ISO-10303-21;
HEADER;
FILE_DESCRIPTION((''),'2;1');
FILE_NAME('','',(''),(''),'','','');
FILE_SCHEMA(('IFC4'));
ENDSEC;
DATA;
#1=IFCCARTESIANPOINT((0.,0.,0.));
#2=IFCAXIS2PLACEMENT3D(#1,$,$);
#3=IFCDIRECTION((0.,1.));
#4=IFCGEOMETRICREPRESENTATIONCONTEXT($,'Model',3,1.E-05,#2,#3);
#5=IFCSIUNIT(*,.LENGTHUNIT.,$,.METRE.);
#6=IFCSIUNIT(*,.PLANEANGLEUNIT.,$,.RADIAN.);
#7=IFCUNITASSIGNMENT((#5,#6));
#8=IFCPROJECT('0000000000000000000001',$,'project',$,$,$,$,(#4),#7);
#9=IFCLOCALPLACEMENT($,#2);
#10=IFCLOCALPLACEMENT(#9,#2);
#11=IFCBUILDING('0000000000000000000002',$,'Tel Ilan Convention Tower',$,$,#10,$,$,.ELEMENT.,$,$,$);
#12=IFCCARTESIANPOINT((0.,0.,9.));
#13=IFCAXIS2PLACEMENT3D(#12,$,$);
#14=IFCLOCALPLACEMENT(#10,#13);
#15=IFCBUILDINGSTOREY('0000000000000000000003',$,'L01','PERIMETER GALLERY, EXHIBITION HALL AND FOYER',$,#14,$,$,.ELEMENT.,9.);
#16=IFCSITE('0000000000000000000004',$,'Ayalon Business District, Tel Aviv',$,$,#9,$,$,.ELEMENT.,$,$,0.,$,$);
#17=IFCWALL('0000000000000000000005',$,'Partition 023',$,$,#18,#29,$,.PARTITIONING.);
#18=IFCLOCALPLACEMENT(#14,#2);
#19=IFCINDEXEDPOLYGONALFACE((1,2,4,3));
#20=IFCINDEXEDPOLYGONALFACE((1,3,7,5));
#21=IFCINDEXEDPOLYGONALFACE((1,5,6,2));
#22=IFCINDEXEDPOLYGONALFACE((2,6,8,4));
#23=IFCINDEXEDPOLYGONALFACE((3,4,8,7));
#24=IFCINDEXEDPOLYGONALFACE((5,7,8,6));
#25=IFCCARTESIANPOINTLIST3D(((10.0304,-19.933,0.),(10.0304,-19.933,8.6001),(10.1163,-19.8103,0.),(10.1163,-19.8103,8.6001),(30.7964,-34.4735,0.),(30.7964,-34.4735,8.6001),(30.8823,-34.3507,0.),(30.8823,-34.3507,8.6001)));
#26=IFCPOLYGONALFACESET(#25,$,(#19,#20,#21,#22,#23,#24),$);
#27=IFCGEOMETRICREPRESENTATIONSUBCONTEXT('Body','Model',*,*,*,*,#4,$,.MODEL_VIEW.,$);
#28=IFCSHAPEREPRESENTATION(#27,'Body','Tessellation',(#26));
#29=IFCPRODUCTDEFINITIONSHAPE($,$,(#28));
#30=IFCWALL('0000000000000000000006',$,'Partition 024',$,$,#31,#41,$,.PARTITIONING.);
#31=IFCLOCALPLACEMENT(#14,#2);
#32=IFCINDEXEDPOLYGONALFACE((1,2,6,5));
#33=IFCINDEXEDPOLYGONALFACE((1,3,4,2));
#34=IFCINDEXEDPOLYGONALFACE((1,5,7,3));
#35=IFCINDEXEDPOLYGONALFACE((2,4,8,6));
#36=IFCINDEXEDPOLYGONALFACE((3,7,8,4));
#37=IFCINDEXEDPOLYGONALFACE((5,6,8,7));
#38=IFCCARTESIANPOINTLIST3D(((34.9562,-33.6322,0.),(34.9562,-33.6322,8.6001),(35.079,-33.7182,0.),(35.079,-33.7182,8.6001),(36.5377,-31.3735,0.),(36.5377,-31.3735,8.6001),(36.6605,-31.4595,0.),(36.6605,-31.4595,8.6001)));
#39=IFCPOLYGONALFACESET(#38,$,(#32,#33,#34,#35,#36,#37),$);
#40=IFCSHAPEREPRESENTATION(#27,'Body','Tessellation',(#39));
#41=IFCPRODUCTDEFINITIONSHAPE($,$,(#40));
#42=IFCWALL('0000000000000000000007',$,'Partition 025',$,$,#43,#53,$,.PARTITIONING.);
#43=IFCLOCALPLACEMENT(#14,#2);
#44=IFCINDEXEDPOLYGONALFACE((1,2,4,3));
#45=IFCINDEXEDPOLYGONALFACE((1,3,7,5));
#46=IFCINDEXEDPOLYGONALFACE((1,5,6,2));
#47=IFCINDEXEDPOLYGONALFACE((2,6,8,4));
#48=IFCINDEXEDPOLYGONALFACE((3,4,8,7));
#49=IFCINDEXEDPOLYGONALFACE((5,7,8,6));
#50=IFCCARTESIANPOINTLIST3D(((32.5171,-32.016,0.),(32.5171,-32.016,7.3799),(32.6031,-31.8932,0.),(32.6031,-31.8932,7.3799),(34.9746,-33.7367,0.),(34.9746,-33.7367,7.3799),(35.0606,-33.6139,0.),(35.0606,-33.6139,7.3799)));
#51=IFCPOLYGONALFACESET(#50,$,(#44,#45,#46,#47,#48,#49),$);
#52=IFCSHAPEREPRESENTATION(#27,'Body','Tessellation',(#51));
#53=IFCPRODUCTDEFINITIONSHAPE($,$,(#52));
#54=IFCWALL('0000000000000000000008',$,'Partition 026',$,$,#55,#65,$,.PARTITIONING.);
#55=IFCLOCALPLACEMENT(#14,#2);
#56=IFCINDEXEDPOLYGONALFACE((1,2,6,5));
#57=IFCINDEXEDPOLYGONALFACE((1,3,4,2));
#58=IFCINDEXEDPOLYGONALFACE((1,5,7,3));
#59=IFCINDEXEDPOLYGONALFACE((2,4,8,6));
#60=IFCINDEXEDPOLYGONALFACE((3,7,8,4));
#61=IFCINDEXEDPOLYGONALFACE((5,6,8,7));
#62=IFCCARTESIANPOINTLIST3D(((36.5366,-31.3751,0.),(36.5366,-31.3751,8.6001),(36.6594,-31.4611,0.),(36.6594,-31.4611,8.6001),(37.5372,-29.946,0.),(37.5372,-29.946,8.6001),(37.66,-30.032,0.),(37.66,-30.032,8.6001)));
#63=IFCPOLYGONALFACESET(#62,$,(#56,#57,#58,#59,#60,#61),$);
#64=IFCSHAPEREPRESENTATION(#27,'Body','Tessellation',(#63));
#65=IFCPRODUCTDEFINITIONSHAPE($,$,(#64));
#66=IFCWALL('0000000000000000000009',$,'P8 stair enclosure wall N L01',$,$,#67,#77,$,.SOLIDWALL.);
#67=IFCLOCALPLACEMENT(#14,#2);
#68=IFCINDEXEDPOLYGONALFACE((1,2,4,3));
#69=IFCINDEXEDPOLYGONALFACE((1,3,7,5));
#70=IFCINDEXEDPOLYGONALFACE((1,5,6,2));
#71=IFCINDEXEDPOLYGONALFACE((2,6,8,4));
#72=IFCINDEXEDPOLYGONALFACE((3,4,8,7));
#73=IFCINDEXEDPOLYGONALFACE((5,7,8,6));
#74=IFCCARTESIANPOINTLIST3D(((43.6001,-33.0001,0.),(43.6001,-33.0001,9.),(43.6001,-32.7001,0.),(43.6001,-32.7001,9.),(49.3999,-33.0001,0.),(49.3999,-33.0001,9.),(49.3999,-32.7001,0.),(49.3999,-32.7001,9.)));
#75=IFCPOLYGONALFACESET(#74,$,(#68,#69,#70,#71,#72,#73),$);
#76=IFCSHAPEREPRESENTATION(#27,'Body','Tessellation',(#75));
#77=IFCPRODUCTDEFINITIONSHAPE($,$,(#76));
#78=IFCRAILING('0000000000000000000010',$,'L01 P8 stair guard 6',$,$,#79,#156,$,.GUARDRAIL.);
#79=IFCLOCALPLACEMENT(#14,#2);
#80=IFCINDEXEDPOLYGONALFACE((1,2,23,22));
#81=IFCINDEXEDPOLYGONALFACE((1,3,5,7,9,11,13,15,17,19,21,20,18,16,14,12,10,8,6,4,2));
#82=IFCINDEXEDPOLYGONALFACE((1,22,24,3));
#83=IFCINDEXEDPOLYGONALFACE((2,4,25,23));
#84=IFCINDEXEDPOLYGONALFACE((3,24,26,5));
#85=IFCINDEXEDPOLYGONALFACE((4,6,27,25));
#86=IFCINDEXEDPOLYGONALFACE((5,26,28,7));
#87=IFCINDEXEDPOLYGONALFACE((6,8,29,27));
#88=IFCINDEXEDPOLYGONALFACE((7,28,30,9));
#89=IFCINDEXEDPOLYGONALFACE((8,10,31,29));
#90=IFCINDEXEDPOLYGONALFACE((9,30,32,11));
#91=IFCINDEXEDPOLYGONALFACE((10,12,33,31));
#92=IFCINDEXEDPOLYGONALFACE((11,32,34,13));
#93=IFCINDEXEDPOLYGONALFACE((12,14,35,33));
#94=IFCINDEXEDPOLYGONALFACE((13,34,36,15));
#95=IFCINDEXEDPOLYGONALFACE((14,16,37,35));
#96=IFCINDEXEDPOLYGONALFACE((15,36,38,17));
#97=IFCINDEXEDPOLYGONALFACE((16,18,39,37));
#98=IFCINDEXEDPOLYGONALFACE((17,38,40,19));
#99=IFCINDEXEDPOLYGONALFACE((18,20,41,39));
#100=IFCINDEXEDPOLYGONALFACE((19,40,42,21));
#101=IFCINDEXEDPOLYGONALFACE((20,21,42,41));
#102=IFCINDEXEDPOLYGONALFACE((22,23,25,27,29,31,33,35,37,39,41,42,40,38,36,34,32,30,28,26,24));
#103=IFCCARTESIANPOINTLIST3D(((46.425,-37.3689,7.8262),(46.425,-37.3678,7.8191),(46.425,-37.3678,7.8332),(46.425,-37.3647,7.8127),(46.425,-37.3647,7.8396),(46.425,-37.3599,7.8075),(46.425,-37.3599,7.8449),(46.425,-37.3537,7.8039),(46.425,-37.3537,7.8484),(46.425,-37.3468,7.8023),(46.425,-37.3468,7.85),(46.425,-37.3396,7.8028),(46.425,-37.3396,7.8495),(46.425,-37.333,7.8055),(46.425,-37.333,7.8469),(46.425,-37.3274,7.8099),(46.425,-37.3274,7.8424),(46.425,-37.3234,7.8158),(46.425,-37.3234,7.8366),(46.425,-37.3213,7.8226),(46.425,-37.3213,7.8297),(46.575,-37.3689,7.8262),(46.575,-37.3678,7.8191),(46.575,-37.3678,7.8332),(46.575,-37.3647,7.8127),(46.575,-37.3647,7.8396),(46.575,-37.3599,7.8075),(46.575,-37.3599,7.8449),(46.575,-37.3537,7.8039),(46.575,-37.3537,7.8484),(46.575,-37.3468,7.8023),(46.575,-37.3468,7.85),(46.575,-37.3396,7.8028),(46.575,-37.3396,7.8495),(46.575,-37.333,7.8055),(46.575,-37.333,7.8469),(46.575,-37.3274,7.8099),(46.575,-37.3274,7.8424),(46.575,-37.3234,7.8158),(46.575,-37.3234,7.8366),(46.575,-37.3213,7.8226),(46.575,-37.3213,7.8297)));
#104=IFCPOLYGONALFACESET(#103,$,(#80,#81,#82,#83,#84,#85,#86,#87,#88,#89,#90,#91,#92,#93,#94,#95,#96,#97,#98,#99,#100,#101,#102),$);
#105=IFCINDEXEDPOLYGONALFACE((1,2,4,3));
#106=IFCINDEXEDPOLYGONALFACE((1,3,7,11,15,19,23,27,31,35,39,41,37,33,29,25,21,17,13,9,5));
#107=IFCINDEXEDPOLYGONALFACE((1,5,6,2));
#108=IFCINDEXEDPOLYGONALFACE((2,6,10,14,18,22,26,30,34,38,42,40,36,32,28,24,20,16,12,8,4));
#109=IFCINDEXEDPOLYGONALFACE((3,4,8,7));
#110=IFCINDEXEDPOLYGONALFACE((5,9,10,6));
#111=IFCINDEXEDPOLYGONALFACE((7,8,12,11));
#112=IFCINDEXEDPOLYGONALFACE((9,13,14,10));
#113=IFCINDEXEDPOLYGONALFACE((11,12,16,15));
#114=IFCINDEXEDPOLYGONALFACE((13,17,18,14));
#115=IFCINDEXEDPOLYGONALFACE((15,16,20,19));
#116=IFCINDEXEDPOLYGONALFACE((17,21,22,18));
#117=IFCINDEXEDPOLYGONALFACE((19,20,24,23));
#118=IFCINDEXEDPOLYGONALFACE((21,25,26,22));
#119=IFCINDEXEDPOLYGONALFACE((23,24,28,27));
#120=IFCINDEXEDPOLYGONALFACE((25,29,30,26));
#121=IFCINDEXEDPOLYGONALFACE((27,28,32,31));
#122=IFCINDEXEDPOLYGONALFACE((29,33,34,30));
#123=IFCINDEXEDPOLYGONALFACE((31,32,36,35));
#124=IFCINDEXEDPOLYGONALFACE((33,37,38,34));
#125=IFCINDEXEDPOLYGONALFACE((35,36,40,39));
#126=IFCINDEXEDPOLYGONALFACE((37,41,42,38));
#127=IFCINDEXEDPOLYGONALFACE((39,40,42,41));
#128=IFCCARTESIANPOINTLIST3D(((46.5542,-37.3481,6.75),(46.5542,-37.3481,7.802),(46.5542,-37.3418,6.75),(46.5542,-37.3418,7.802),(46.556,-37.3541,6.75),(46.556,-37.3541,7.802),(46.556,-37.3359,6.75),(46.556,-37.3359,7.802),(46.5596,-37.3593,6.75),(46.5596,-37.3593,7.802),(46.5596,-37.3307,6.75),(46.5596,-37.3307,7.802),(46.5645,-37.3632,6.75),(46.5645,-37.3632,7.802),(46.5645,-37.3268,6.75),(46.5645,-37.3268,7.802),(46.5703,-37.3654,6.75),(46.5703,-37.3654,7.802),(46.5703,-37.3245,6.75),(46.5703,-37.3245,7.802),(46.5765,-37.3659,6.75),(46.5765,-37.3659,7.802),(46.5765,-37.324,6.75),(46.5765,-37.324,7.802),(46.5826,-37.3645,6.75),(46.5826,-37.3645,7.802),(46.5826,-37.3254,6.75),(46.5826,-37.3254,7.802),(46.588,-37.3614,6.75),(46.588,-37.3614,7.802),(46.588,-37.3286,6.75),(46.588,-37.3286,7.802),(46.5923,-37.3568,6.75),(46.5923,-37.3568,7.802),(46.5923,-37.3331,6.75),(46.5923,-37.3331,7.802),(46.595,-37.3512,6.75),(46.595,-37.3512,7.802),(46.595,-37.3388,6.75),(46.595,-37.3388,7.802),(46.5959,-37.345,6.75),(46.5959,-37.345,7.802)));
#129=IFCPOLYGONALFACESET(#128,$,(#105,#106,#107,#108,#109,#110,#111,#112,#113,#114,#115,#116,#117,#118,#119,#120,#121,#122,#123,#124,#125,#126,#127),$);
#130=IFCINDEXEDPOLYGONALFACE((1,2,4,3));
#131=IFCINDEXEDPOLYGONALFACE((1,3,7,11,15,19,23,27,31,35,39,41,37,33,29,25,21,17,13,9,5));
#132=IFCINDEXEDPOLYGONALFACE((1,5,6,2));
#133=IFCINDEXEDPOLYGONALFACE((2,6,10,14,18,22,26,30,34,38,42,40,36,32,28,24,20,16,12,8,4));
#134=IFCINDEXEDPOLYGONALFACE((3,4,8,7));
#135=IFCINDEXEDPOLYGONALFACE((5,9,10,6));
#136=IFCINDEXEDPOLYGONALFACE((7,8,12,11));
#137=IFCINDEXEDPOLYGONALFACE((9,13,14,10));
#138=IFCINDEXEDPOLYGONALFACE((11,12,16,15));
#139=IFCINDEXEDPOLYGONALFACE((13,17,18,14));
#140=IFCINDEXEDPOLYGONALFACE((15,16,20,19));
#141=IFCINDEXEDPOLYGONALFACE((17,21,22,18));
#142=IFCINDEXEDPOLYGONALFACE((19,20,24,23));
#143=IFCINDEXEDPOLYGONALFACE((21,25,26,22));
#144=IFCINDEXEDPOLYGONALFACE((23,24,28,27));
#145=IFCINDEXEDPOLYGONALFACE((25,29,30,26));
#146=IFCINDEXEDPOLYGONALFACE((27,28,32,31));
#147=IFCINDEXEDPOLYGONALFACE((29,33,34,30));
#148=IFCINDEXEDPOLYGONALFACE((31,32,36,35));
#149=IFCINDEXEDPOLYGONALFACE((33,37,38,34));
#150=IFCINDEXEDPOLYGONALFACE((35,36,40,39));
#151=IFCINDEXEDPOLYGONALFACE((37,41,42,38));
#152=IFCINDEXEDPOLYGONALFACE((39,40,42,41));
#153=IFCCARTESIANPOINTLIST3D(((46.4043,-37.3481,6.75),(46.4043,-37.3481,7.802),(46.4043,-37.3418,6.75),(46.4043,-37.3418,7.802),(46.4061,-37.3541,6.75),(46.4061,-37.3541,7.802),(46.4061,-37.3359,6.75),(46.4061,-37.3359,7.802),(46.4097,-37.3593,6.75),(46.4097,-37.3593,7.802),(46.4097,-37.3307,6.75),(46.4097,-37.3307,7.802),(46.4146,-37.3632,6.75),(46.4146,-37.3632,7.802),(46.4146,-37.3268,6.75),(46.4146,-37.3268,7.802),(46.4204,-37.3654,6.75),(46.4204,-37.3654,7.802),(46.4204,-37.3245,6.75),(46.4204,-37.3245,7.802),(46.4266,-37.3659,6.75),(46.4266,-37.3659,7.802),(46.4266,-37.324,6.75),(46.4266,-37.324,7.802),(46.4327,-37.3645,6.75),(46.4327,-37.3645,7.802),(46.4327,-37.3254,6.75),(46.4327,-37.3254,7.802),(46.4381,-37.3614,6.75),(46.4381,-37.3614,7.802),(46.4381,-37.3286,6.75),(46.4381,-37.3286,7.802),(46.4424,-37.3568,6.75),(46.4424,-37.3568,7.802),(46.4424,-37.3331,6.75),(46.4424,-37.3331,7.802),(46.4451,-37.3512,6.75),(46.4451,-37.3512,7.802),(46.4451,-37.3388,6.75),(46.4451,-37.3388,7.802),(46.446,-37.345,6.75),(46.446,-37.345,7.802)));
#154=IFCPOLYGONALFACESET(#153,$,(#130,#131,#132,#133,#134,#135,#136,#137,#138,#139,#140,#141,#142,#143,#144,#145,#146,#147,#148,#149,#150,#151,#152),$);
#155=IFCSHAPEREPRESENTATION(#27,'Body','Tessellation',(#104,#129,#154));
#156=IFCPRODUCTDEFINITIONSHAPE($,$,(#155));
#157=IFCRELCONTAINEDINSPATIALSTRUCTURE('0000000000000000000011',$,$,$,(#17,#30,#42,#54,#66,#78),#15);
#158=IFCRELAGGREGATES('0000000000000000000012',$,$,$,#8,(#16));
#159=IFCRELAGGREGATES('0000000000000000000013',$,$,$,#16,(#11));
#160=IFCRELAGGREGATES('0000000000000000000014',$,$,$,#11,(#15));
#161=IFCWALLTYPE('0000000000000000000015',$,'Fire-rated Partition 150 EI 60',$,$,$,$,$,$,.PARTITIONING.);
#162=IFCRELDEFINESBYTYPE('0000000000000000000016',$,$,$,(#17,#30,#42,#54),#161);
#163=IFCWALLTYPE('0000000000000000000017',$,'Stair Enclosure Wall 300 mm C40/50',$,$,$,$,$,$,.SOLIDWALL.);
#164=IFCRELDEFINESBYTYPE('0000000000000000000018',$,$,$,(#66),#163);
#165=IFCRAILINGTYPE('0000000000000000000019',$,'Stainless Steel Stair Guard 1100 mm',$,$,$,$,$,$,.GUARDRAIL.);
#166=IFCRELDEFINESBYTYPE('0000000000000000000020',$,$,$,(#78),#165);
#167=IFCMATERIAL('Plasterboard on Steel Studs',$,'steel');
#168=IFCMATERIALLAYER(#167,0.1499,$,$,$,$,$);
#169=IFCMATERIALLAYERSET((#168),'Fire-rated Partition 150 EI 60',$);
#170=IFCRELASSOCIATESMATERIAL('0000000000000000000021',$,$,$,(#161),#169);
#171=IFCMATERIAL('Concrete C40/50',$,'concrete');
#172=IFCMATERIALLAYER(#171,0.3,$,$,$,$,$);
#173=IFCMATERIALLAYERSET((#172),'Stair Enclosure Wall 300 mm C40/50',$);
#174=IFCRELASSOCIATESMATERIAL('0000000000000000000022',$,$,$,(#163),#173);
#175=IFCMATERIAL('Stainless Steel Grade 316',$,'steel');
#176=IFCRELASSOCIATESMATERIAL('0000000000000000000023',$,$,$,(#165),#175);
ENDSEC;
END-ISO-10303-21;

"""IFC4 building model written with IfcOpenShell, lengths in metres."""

from ifc_helpers import new_model, si_unit, direction, frame, frame_2d, origin, origin_2d, place, context, subcontext, project, spatial, rectangle, circle, extrude, material, layer, layer_set, type_object, element, save


model = new_model("IFC4")

# Units and contexts
model_context = context("Model", 3, precision=1e-05, world=origin(), true_north=direction((0.0, 1.0)))
body_context = subcontext(model_context, "Body", "Model", "MODEL_VIEW")
ifc_project = project(units=[si_unit("LENGTHUNIT", "METRE"), si_unit("PLANEANGLEUNIT", "RADIAN")], contexts=[model_context])

# Site, building, storey
site_placement = place(None, origin())
site = spatial("IfcSite", under=ifc_project, at=site_placement, Name="Ayalon Business District, Tel Aviv", CompositionType="ELEMENT", RefElevation=0.0)
building_placement = place(site_placement, origin())
building = spatial("IfcBuilding", under=site, at=building_placement, Name="Tel Ilan Convention Tower", CompositionType="ELEMENT")
storey_placement = place(building_placement, frame((0.0, 0.0, 9.0)))
storey = spatial("IfcBuildingStorey", under=building, at=storey_placement, Name="L01", Description="PERIMETER GALLERY, EXHIBITION HALL AND FOYER", CompositionType="ELEMENT", Elevation=9.0)

# Shared definitions
ifc_material_1 = material(Name="Plasterboard on Steel Studs", Category="steel")
ifc_layer_1 = layer(ifc_material_1, 0.1499)
ifc_layer_set_1 = layer_set([ifc_layer_1], Name="Fire-rated Partition 150 EI 60")
wall_type_1 = type_object("IfcWallType", Name="Fire-rated Partition 150 EI 60", PredefinedType="PARTITIONING", material=ifc_layer_set_1)

# Walls
wall_1_placement = place(storey_placement, frame((30.8394, -34.4121, 0.0), z_axis=(0.0, 0.0, 1.0), x_axis=(-0.819153, 0.573575, 0.0)))
element("IfcWall", 1, at=wall_1_placement, inside=storey, type_object=wall_type_1, Name="Partition 023", PredefinedType="PARTITIONING", context=body_context, shape_type="SweptSolid", body=[
    extrude(rectangle(XDim=25.3506, YDim=0.1499, at=frame_2d((12.6753, 0.0))), origin(), (0.0, 0.0, 1.0), 8.6001),
])
wall_2_placement = place(storey_placement, frame((36.5991, -31.4165, 0.0), z_axis=(0.0, 0.0, 1.0), x_axis=(-0.573557, -0.819165, 0.0)))
element("IfcWall", 2, at=wall_2_placement, inside=storey, type_object=wall_type_1, Name="Partition 024", PredefinedType="PARTITIONING", context=body_context, shape_type="SweptSolid", body=[
    extrude(rectangle(XDim=2.7573, YDim=0.1499, at=frame_2d((1.3787, 0.0))), origin(), (0.0, 0.0, 1.0), 8.6001),
])
wall_3_placement = place(storey_placement, frame((35.0176, -33.6753, 0.0), z_axis=(0.0, 0.0, 1.0), x_axis=(-0.819163, 0.573561, 0.0)))
element("IfcWall", 3, at=wall_3_placement, inside=storey, type_object=wall_type_1, Name="Partition 025", PredefinedType="PARTITIONING", context=body_context, shape_type="SweptSolid", body=[
    extrude(rectangle(XDim=3.0, YDim=0.1499, at=frame_2d((1.5, 0.0))), origin(), (0.0, 0.0, 1.0), 7.3799),
])
wall_4_placement = place(storey_placement, frame((37.5986, -29.989, 0.0), z_axis=(0.0, 0.0, 1.0), x_axis=(-0.573575, -0.819153, 0.0)))
element("IfcWall", 4, at=wall_4_placement, inside=storey, type_object=wall_type_1, Name="Partition 026", PredefinedType="PARTITIONING", context=body_context, shape_type="SweptSolid", body=[
    extrude(rectangle(XDim=1.7446, YDim=0.1499, at=frame_2d((0.8723, 0.0))), origin(), (0.0, 0.0, 1.0), 8.6001),
])
ifc_material_2 = material(Name="Concrete C40/50", Category="concrete")
ifc_layer_2 = layer(ifc_material_2, 0.3)
ifc_layer_set_2 = layer_set([ifc_layer_2], Name="Stair Enclosure Wall 300 mm C40/50")
wall_type_2 = type_object("IfcWallType", Name="Stair Enclosure Wall 300 mm C40/50", PredefinedType="SOLIDWALL", material=ifc_layer_set_2)
wall_5_placement = place(storey_placement, frame((43.6001, -32.8501, 0.0), z_axis=(0.0, 0.0, 1.0), x_axis=(1.0, 0.0, 0.0)))
element("IfcWall", 5, at=wall_5_placement, inside=storey, type_object=wall_type_2, Name="P8 stair enclosure wall N L01", PredefinedType="SOLIDWALL", context=body_context, shape_type="SweptSolid", body=[
    extrude(rectangle(XDim=5.7998, YDim=0.3, at=frame_2d((2.8999, 0.0))), origin(), (0.0, 0.0, 1.0), 9.0),
])

# Railing
ifc_material_3 = material(Name="Stainless Steel Grade 316", Category="steel")
railing_type = type_object("IfcRailingType", Name="Stainless Steel Stair Guard 1100 mm", PredefinedType="GUARDRAIL", material=ifc_material_3)
railing_placement = place(storey_placement, frame((46.575, -37.345, 6.75)))
element("IfcRailing", 6, at=railing_placement, inside=storey, type_object=railing_type, Name="L01 P8 stair guard 6", PredefinedType="GUARDRAIL", context=body_context, shape_type="SweptSolid", body=[
    extrude(circle(Radius=0.0239, at=origin_2d()), frame((0.0, 0.0, 1.0762), z_axis=(-1.0, 0.0, 0.0), x_axis=(0.0, -1.0, 0.0)), (0.0, 0.0, 1.0), 0.1499),
    extrude(circle(Radius=0.021, at=origin_2d()), origin(), (0.0, 0.0, 1.0), 1.052),
    extrude(circle(Radius=0.021, at=origin_2d()), frame((-0.1499, 0.0, 0.0)), (0.0, 0.0, 1.0), 1.052),
])

save(model, "model.ifc")
